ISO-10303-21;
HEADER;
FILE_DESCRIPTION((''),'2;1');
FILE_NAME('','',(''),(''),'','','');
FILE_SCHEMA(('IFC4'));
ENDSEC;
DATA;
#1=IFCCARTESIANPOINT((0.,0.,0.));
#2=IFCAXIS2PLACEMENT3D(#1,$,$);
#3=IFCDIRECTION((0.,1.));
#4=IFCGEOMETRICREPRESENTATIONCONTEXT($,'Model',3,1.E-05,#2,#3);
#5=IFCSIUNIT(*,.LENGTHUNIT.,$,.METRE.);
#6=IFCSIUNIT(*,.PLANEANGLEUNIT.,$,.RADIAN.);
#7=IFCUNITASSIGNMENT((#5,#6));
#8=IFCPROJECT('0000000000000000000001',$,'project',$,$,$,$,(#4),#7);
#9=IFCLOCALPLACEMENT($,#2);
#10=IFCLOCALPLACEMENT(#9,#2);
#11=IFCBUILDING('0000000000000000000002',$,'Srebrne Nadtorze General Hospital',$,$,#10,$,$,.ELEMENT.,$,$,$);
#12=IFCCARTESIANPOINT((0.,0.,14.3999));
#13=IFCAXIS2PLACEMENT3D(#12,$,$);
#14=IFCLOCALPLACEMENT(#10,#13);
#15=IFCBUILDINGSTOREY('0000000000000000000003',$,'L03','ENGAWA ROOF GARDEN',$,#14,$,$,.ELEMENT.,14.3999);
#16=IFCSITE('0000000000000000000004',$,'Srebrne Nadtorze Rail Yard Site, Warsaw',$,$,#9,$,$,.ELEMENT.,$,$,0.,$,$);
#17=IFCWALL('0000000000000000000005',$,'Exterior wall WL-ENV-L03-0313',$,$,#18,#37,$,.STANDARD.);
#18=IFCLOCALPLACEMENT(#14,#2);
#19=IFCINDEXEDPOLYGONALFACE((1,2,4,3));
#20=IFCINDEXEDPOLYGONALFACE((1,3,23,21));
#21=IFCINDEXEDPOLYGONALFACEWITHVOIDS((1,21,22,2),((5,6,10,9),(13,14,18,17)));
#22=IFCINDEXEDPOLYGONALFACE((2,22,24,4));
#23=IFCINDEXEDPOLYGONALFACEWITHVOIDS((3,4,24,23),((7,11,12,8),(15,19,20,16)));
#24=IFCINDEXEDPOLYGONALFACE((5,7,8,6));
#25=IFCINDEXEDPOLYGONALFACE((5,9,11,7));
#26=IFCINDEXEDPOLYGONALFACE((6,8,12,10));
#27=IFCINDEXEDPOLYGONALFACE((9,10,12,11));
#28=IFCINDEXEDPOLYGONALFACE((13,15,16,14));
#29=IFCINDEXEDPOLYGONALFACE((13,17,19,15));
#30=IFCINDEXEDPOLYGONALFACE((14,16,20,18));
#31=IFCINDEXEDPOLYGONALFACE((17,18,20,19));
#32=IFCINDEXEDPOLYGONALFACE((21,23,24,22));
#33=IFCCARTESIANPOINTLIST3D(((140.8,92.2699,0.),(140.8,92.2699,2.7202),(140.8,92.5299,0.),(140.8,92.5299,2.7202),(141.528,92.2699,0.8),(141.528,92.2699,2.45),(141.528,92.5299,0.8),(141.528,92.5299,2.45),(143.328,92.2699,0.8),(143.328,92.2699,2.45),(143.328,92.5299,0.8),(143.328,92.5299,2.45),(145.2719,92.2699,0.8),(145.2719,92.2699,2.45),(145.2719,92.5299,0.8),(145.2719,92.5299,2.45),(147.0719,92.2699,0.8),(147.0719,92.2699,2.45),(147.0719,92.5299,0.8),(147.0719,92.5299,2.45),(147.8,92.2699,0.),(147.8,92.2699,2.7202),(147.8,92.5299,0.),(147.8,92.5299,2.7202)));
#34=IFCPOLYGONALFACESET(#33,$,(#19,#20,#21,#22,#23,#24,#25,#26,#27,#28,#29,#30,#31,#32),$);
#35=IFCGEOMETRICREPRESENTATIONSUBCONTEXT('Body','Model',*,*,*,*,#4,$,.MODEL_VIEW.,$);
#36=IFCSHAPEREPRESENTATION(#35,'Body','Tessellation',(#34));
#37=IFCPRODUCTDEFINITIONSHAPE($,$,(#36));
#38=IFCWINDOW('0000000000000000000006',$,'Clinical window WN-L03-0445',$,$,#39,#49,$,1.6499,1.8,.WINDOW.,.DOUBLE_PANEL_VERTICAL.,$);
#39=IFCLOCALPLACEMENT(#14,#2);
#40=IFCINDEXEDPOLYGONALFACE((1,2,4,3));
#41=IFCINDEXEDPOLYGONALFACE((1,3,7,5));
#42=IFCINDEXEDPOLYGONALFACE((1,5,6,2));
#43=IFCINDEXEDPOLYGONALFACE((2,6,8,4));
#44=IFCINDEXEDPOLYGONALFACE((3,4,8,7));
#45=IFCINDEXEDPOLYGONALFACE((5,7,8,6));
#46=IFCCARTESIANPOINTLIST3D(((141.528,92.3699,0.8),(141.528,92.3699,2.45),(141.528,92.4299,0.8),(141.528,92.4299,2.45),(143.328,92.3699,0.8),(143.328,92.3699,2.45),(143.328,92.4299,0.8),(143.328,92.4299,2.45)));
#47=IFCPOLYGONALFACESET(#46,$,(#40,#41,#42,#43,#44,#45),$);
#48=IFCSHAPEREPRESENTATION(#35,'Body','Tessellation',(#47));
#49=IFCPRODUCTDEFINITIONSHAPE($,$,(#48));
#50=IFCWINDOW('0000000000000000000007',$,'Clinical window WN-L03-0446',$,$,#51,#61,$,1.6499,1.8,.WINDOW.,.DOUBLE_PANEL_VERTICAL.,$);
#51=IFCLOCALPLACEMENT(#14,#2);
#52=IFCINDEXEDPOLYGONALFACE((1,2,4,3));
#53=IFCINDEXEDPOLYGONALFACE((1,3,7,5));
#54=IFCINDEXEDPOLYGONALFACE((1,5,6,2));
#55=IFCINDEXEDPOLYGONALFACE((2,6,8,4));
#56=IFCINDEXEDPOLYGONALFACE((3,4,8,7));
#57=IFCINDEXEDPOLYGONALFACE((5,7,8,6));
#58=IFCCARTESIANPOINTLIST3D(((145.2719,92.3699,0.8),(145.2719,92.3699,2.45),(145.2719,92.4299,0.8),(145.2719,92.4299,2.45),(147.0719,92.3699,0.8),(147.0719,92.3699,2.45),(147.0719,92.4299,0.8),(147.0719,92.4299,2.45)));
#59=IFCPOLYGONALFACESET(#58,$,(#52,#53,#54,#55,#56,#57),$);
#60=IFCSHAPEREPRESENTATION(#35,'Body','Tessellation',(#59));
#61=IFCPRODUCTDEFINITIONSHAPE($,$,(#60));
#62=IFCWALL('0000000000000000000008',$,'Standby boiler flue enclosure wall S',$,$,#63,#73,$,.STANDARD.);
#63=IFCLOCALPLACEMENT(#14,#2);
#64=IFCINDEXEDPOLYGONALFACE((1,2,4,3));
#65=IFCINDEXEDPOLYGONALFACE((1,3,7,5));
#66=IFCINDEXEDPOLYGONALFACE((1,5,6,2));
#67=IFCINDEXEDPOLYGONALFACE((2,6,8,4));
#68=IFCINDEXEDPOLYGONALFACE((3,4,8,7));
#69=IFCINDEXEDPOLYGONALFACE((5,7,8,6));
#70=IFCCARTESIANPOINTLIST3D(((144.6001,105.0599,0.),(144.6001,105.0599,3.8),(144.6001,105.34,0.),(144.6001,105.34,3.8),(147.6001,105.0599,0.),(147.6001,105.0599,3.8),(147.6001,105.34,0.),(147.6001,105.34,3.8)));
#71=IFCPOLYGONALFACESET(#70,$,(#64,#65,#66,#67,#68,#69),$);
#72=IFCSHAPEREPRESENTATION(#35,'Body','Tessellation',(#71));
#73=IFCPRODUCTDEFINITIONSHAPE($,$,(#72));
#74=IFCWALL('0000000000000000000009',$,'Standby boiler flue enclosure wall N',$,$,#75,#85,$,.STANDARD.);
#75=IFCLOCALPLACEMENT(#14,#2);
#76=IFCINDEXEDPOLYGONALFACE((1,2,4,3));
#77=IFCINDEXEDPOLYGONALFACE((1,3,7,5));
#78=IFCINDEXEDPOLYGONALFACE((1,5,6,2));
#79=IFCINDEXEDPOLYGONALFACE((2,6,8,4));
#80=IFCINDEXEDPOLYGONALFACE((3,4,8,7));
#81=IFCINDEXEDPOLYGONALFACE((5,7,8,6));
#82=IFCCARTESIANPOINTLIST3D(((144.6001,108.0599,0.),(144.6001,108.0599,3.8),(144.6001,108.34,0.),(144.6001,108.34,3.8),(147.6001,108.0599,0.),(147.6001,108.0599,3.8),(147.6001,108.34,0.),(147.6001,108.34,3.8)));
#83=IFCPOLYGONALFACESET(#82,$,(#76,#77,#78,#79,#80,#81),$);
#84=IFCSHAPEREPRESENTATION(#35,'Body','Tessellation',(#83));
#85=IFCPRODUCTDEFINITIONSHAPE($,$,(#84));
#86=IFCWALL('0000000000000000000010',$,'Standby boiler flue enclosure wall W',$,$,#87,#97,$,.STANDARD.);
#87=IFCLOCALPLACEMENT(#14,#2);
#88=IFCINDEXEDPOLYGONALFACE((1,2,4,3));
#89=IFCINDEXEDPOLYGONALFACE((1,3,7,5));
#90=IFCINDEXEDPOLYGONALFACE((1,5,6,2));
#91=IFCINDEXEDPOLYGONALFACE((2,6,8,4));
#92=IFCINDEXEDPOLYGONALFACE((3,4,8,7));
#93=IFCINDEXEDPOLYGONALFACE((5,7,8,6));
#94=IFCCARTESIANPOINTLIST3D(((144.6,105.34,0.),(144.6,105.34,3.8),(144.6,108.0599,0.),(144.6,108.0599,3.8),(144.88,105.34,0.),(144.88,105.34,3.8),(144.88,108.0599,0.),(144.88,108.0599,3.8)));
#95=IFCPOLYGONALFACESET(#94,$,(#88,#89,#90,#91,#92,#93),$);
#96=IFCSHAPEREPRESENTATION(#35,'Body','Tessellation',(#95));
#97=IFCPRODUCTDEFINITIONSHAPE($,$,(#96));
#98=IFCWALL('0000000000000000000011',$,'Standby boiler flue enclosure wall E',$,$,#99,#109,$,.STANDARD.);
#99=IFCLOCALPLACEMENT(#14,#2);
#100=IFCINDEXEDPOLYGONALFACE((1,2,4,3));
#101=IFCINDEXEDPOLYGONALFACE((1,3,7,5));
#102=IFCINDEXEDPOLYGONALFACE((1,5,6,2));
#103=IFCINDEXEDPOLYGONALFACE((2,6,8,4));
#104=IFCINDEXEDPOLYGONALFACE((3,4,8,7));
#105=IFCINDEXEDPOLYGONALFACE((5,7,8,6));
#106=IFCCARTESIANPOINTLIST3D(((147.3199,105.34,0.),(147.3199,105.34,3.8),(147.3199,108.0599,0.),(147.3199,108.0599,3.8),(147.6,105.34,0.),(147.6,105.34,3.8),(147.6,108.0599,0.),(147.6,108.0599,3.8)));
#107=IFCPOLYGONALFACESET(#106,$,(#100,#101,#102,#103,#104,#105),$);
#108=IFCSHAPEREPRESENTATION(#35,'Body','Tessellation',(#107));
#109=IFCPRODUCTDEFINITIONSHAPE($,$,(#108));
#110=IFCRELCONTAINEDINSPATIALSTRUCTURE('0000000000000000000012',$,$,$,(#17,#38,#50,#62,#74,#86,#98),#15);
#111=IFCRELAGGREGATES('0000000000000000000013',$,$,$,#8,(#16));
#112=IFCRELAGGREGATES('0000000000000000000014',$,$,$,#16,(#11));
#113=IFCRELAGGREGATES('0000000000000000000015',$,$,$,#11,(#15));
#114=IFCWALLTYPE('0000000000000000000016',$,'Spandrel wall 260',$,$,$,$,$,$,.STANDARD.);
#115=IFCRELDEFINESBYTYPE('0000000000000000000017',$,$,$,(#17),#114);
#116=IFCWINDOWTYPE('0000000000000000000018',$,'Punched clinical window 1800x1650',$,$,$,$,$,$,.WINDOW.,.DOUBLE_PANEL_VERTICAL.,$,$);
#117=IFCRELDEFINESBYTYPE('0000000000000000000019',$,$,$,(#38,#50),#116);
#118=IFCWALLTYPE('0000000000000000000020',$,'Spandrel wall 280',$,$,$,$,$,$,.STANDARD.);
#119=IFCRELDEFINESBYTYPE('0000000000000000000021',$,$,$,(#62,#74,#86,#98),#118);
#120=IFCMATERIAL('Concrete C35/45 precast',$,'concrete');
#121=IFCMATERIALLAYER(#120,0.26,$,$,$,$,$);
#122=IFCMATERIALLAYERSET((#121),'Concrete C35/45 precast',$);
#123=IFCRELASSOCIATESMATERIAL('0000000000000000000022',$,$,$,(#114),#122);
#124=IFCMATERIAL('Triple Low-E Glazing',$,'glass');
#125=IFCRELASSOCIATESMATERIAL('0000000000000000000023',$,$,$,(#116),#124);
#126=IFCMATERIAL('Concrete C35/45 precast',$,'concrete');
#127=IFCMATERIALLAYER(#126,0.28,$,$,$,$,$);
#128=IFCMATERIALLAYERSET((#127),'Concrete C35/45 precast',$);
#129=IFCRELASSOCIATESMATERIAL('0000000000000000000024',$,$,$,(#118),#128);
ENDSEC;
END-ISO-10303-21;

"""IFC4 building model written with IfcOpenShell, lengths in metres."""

from ifc_helpers import new_model, si_unit, direction, frame, frame_2d, origin, place, context, subcontext, project, spatial, rectangle, extrude, material, layer, layer_set, type_object, element, fill, save


model = new_model("IFC4")

# Units and contexts
model_context = context("Model", 3, precision=1e-05, world=origin(), true_north=direction((0.0, 1.0)))
body_context = subcontext(model_context, "Body", "Model", "MODEL_VIEW")
ifc_project = project(units=[si_unit("LENGTHUNIT", "METRE"), si_unit("PLANEANGLEUNIT", "RADIAN")], contexts=[model_context])

# Site, building, storey
site_placement = place(None, origin())
site = spatial("IfcSite", under=ifc_project, at=site_placement, Name="Srebrne Nadtorze Rail Yard Site, Warsaw", CompositionType="ELEMENT", RefElevation=0.0)
building_placement = place(site_placement, origin())
building = spatial("IfcBuilding", under=site, at=building_placement, Name="Srebrne Nadtorze General Hospital", CompositionType="ELEMENT")
storey_placement = place(building_placement, frame((0.0, 0.0, 14.3999)))
storey = spatial("IfcBuildingStorey", under=building, at=storey_placement, Name="L03", Description="ENGAWA ROOF GARDEN", CompositionType="ELEMENT", Elevation=14.3999)

# Wall, openings, windows
ifc_material_1 = material(Name="Concrete C35/45 precast", Category="concrete")
ifc_layer_1 = layer(ifc_material_1, 0.26)
ifc_layer_set_1 = layer_set([ifc_layer_1], Name="Concrete C35/45 precast")
wall_type_1 = type_object("IfcWallType", Name="Spandrel wall 260", PredefinedType="STANDARD", material=ifc_layer_set_1)
wall_1_placement = place(storey_placement, frame((140.8, 92.3999, 0.0), z_axis=(0.0, 0.0, 1.0), x_axis=(1.0, 0.0, 0.0)))
wall_1 = element("IfcWall", 1, at=wall_1_placement, inside=storey, type_object=wall_type_1, Name="Exterior wall WL-ENV-L03-0313", PredefinedType="STANDARD", context=body_context, shape_type="SweptSolid", body=[
    extrude(rectangle(XDim=7.0, YDim=0.26, at=frame_2d((3.5, 0.0))), origin(), (0.0, 0.0, 1.0), 2.7202),
])
opening_1_placement = place(wall_1_placement, frame((0.728, 0.0, 0.8)))
opening_1 = element("IfcOpeningElement", 2, at=opening_1_placement, cuts=wall_1, PredefinedType="OPENING", context=body_context, shape_type="SweptSolid", body=[
    extrude(rectangle(XDim=1.8, YDim=1.6499, at=frame_2d((0.8999, 0.825))), frame((0.0, 0.1421, 0.0), z_axis=(0.0, -1.0, 0.0), x_axis=(1.0, 0.0, 0.0)), (0.0, 0.0, 1.0), 0.2839),
])
opening_2_placement = place(wall_1_placement, frame((4.4719, 0.0, 0.8)))
opening_2 = element("IfcOpeningElement", 3, at=opening_2_placement, cuts=wall_1, PredefinedType="OPENING", context=body_context, shape_type="SweptSolid", body=[
    extrude(rectangle(XDim=1.8, YDim=1.6499, at=frame_2d((0.8999, 0.825))), frame((0.0, 0.1421, 0.0), z_axis=(0.0, -1.0, 0.0), x_axis=(1.0, 0.0, 0.0)), (0.0, 0.0, 1.0), 0.2839),
])
ifc_material_2 = material(Name="Triple Low-E Glazing", Category="glass")
window_type_1 = type_object("IfcWindowType", Name="Punched clinical window 1800x1650", PartitioningType="DOUBLE_PANEL_VERTICAL", PredefinedType="WINDOW", material=ifc_material_2)
window_1_placement = place(opening_1_placement, origin())
window_1 = element("IfcWindow", 4, at=window_1_placement, inside=storey, type_object=window_type_1, Name="Clinical window WN-L03-0445", OverallHeight=1.6499, OverallWidth=1.8, PartitioningType="DOUBLE_PANEL_VERTICAL", PredefinedType="WINDOW", context=body_context, shape_type="SweptSolid", body=[
    extrude(rectangle(XDim=1.8, YDim=1.6499, at=frame_2d((0.8999, 0.825))), frame((0.0, 0.03, 0.0), z_axis=(0.0, -1.0, 0.0), x_axis=(1.0, 0.0, 0.0)), (0.0, 0.0, 1.0), 0.0601),
])
fill(opening_1, window_1)
window_2_placement = place(opening_2_placement, origin())
window_2 = element("IfcWindow", 5, at=window_2_placement, inside=storey, type_object=window_type_1, Name="Clinical window WN-L03-0446", OverallHeight=1.6499, OverallWidth=1.8, PartitioningType="DOUBLE_PANEL_VERTICAL", PredefinedType="WINDOW", context=body_context, shape_type="SweptSolid", body=[
    extrude(rectangle(XDim=1.8, YDim=1.6499, at=frame_2d((0.8999, 0.825))), frame((0.0, 0.03, 0.0), z_axis=(0.0, -1.0, 0.0), x_axis=(1.0, 0.0, 0.0)), (0.0, 0.0, 1.0), 0.0601),
])
fill(opening_2, window_2)

# Walls
ifc_material_3 = material(Name="Concrete C35/45 precast", Category="concrete")
ifc_layer_2 = layer(ifc_material_3, 0.28)
ifc_layer_set_2 = layer_set([ifc_layer_2], Name="Concrete C35/45 precast")
wall_type_2 = type_object("IfcWallType", Name="Spandrel wall 280", PredefinedType="STANDARD", material=ifc_layer_set_2)
for number, where, z_axis, x_axis, name in (
    (6, (144.6001, 105.2, 0.0), (0.0, 0.0, 1.0), (1.0, 0.0, 0.0), "Standby boiler flue enclosure wall S"),
    (7, (144.6001, 108.2, 0.0), (0.0, 0.0, 1.0), (1.0, 0.0, 0.0), "Standby boiler flue enclosure wall N"),
):
    element("IfcWall", number, at=place(storey_placement, frame(where, z_axis=z_axis, x_axis=x_axis)), inside=storey, type_object=wall_type_2, Name=name, PredefinedType="STANDARD", context=body_context, shape_type="SweptSolid", body=[
        extrude(rectangle(XDim=3.0, YDim=0.28, at=frame_2d((1.5, 0.0))), origin(), (0.0, 0.0, 1.0), 3.8),
    ])
for number, where, z_axis, x_axis, name in (
    (8, (144.74, 105.3401, 0.0), (0.0, 0.0, 1.0), (0.0, 1.0, 0.0), "Standby boiler flue enclosure wall W"),
    (9, (147.46, 105.3401, 0.0), (0.0, 0.0, 1.0), (0.0, 1.0, 0.0), "Standby boiler flue enclosure wall E"),
):
    element("IfcWall", number, at=place(storey_placement, frame(where, z_axis=z_axis, x_axis=x_axis)), inside=storey, type_object=wall_type_2, Name=name, PredefinedType="STANDARD", context=body_context, shape_type="SweptSolid", body=[
        extrude(rectangle(XDim=2.72, YDim=0.28, at=frame_2d((1.3599, 0.0))), origin(), (0.0, 0.0, 1.0), 3.8),
    ])

save(model, "model.ifc")
